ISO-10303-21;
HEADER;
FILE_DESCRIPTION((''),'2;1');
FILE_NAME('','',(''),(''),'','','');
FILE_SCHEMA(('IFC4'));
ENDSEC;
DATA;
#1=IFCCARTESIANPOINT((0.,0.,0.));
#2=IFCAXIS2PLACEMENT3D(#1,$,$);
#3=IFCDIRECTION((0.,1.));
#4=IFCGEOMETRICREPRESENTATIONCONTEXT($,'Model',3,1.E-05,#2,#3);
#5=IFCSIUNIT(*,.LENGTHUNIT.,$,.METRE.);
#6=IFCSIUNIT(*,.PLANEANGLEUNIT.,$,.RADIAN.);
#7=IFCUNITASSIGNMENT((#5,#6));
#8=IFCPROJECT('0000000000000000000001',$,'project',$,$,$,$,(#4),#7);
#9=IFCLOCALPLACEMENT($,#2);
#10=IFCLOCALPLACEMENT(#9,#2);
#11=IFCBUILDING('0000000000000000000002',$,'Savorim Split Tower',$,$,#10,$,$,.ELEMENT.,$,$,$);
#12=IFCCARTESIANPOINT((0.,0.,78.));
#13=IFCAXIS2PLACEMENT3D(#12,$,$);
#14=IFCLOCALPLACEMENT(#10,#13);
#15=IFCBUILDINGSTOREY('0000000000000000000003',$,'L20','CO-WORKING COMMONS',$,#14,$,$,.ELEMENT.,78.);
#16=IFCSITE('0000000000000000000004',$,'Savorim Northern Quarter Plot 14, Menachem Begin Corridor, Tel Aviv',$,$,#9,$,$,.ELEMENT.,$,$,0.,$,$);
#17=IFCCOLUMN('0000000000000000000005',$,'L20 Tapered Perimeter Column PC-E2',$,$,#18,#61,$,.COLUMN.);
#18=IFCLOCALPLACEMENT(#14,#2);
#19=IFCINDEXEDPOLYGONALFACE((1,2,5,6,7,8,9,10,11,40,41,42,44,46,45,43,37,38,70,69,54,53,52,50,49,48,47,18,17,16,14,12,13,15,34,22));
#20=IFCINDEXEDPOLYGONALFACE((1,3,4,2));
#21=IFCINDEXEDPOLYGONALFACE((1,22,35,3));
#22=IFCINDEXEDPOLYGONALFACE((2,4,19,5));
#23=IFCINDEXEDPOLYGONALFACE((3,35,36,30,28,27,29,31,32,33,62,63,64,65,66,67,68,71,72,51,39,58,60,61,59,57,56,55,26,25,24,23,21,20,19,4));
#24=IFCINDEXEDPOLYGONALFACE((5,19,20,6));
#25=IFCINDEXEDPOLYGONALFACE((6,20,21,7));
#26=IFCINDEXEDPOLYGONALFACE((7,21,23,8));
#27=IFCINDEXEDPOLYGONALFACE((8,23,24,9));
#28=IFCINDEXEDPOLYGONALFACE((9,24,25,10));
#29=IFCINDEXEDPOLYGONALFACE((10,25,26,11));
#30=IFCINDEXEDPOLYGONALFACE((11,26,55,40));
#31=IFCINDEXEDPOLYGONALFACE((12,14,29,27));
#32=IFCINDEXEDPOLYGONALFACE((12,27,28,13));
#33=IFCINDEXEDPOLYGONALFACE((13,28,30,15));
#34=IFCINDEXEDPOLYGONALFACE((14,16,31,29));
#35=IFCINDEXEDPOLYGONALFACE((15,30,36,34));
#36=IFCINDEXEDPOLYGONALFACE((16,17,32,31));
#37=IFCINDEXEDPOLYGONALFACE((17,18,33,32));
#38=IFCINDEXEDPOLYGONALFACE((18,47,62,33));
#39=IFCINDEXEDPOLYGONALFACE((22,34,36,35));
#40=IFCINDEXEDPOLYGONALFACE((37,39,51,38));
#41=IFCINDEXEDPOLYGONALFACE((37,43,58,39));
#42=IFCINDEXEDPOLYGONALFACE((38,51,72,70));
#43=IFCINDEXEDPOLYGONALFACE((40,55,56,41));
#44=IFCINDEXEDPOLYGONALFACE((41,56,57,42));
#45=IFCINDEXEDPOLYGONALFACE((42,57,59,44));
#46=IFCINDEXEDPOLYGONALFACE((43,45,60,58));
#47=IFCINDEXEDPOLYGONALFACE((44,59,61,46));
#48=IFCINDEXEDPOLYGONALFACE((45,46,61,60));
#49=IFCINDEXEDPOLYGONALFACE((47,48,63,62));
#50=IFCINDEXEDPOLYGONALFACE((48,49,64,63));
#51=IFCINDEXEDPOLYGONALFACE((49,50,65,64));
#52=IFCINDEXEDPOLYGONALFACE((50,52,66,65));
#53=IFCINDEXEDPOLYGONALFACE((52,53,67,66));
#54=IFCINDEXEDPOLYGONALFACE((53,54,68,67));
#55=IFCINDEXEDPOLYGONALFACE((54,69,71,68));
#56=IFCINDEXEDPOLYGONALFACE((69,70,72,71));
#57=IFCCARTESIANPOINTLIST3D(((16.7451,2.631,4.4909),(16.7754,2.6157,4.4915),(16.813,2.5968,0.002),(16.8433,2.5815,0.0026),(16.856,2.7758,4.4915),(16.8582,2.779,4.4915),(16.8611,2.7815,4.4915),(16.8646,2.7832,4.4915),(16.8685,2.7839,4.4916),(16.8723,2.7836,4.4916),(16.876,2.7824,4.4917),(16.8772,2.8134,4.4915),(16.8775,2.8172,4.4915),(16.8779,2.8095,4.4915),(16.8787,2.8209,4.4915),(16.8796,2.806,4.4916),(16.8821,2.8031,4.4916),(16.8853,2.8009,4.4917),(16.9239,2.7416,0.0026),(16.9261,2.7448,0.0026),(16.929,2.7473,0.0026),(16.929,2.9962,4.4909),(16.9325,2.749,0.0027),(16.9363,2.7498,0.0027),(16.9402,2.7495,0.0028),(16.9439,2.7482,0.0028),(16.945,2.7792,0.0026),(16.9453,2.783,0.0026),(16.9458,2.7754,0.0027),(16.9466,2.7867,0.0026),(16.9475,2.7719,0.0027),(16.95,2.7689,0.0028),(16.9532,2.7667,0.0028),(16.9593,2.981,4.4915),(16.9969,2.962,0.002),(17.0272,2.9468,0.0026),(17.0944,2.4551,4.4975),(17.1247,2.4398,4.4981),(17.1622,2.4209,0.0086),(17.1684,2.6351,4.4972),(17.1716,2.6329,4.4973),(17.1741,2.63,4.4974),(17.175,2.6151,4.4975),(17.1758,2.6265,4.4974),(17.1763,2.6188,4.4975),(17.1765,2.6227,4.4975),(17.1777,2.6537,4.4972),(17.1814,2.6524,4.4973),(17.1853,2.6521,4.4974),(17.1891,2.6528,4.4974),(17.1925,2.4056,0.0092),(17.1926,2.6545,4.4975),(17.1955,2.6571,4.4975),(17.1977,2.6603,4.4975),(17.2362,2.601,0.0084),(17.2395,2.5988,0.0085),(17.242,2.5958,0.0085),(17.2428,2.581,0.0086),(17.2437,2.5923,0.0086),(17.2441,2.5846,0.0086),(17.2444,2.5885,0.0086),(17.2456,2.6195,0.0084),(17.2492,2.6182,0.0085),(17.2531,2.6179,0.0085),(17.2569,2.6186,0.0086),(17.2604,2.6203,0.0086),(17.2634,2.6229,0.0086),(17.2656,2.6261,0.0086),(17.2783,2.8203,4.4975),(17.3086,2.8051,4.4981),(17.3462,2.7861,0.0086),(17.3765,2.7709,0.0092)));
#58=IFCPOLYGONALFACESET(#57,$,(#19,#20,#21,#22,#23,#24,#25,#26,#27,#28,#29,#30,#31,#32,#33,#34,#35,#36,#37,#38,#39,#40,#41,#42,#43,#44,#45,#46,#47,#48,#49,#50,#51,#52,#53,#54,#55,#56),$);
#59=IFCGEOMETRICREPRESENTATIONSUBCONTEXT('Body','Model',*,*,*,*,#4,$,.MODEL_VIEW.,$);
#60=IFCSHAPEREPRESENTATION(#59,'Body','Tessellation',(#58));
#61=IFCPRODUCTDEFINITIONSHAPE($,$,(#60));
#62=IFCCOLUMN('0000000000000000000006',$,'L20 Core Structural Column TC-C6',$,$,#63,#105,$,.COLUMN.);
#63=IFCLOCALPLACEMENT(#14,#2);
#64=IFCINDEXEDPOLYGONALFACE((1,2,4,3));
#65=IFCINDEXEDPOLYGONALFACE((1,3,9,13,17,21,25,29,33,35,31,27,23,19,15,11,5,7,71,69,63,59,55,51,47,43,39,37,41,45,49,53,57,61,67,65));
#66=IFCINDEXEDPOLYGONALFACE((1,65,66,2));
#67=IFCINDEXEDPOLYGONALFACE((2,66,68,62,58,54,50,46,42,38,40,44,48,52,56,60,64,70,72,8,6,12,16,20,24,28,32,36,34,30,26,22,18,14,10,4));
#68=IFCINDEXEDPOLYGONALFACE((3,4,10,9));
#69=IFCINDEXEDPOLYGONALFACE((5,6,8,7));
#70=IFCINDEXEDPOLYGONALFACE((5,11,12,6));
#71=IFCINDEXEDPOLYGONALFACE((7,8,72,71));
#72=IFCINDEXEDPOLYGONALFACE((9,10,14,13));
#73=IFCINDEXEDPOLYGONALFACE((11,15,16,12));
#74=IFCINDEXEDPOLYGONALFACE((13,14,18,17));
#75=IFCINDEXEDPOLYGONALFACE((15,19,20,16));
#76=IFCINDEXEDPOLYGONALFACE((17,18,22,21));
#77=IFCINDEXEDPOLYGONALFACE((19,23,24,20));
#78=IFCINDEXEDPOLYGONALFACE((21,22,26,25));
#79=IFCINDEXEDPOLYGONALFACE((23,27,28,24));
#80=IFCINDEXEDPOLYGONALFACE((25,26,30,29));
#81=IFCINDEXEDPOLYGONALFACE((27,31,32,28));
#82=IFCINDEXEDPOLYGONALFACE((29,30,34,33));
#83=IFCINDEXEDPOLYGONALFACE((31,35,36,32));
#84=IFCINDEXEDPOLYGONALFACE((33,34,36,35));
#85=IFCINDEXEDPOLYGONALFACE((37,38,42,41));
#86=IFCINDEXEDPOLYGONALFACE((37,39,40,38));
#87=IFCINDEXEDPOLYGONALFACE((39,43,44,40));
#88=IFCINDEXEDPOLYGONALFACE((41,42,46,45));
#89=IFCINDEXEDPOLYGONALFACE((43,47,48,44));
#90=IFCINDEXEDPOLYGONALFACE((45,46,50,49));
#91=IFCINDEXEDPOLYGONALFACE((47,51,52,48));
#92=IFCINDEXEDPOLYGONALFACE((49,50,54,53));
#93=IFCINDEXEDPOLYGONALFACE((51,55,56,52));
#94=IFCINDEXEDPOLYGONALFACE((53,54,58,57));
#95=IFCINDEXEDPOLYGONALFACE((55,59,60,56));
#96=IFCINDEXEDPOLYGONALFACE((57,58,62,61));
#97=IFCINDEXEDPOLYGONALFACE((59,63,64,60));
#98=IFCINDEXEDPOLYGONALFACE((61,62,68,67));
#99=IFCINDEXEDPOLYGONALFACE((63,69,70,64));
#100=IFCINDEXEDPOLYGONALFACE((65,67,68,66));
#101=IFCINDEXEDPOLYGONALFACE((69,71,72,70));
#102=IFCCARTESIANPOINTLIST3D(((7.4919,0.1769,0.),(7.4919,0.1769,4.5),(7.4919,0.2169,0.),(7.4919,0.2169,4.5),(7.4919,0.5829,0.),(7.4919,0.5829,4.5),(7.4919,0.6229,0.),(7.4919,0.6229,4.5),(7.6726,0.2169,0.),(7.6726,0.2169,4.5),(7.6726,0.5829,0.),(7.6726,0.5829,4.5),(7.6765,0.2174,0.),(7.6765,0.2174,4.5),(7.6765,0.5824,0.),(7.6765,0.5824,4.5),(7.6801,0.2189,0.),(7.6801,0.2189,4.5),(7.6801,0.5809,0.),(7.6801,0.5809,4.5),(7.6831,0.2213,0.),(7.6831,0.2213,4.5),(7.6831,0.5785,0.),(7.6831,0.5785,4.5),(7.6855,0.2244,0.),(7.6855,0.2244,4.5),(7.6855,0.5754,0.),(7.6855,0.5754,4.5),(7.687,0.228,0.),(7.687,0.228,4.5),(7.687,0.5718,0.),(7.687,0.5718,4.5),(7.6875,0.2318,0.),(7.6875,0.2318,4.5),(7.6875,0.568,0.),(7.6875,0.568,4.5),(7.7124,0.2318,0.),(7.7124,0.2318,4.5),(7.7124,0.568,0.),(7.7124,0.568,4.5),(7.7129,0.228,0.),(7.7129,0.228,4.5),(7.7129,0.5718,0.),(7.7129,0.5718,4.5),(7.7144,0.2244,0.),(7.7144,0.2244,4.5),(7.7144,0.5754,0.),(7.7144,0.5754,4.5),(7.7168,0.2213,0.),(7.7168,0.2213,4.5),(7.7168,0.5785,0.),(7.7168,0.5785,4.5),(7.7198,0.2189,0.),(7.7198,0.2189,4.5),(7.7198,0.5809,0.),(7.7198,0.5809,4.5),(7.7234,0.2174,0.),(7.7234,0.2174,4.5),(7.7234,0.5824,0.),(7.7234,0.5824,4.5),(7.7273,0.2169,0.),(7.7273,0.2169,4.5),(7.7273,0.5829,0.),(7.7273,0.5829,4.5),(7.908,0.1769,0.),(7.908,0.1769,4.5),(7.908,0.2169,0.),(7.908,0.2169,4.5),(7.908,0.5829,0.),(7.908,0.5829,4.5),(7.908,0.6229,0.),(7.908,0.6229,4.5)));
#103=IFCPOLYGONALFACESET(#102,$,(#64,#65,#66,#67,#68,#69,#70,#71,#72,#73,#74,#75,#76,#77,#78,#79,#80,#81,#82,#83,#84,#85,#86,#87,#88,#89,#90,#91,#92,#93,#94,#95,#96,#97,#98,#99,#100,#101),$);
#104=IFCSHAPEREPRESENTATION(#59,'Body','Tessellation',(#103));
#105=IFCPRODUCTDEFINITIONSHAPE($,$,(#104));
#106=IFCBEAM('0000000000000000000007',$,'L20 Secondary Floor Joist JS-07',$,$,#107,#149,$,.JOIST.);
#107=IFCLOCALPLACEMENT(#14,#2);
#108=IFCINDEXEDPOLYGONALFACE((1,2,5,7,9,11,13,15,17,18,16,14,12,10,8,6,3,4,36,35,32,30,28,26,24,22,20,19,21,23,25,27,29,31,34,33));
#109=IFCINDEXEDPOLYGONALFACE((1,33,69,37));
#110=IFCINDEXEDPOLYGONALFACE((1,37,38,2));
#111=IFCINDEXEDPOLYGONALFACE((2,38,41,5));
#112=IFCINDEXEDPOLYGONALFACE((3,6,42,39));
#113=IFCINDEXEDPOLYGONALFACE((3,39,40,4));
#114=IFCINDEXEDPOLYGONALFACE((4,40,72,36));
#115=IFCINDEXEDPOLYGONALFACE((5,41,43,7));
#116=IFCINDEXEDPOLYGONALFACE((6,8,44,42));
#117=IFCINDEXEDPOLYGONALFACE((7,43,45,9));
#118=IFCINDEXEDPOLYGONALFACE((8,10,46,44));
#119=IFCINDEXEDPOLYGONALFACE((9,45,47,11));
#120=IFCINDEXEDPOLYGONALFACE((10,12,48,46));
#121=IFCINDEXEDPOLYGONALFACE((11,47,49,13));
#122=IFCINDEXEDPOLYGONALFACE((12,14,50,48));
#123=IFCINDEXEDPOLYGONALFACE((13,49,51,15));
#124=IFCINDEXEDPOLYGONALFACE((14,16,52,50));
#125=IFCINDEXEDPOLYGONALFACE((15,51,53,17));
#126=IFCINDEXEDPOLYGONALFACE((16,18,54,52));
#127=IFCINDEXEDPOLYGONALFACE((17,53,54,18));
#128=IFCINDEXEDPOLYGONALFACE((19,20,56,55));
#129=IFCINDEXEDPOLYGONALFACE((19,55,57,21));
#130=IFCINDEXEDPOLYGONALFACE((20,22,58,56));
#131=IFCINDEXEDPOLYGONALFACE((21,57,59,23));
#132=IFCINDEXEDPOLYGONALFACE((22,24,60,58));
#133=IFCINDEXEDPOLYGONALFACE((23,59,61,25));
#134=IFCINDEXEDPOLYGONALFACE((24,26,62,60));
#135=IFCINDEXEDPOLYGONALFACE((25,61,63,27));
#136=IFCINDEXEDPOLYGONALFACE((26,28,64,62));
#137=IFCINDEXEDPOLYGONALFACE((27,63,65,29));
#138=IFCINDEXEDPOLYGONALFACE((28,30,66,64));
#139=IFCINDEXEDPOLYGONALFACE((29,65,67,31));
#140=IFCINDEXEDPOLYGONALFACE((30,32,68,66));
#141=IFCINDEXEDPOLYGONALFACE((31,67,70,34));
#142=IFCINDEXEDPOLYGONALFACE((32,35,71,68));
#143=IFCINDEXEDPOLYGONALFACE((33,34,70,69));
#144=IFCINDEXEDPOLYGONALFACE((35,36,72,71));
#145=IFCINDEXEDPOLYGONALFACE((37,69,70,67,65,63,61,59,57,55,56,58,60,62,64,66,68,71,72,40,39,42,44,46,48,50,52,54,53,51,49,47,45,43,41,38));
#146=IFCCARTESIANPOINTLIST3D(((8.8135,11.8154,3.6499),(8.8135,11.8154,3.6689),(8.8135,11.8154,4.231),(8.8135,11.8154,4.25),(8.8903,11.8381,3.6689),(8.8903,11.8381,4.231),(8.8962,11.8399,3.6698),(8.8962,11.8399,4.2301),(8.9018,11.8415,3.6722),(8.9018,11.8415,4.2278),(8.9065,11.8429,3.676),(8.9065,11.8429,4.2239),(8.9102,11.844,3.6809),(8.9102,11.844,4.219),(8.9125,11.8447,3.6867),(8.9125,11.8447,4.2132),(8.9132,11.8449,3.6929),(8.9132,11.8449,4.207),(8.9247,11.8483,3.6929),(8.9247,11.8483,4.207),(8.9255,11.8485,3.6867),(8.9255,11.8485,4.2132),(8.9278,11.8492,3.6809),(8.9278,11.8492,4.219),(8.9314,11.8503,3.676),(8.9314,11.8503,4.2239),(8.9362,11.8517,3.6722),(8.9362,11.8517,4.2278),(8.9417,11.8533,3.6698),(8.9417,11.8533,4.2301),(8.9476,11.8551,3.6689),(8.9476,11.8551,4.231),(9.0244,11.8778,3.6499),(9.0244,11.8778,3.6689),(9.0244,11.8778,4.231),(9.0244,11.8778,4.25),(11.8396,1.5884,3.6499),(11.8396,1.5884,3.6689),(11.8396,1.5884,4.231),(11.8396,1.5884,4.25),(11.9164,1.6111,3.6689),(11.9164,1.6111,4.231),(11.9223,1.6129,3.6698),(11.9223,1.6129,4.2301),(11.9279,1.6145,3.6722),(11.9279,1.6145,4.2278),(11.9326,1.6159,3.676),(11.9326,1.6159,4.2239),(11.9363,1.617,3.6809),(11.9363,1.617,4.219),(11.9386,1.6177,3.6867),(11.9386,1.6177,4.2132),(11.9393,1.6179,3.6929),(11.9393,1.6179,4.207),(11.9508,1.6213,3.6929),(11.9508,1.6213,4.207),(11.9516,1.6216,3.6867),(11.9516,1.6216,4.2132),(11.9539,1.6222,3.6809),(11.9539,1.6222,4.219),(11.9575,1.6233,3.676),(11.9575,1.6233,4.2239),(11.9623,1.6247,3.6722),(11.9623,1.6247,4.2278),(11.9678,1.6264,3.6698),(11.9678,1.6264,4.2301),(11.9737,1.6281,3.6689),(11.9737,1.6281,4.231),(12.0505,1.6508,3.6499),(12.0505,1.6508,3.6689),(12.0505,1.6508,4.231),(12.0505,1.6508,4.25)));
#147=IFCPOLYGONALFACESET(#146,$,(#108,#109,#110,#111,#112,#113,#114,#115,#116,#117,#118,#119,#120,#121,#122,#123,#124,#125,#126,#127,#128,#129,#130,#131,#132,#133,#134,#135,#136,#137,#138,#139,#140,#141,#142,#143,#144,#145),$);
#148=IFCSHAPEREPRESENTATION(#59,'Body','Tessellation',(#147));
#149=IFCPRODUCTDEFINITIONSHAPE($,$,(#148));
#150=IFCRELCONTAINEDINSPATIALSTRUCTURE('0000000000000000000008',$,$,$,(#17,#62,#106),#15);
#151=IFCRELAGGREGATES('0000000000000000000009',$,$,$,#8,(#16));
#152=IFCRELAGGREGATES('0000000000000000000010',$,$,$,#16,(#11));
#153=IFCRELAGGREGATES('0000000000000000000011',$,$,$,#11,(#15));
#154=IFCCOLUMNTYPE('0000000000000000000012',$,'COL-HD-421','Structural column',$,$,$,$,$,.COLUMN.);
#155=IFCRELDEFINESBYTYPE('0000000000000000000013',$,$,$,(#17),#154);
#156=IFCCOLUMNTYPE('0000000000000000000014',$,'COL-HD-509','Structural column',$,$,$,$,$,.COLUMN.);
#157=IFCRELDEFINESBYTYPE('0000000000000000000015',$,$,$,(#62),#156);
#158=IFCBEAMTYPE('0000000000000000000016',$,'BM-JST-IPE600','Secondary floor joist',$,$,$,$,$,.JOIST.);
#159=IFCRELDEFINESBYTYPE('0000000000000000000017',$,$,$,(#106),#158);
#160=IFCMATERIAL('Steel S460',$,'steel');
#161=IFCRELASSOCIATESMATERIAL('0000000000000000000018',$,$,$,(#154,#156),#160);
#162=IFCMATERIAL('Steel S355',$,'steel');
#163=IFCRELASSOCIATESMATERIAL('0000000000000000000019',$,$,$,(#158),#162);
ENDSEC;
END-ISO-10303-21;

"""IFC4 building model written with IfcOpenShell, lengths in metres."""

from ifc_helpers import new_model, si_unit, direction, frame, origin, origin_2d, place, context, subcontext, project, spatial, i_section, extrude, material, material_profile, profile_set, type_object, element, save


model = new_model("IFC4")

# Units and contexts
model_context = context("Model", 3, precision=1e-05, world=origin(), true_north=direction((0.0, 1.0)))
body_context = subcontext(model_context, "Body", "Model", "MODEL_VIEW")
ifc_project = project(units=[si_unit("LENGTHUNIT", "METRE"), si_unit("PLANEANGLEUNIT", "RADIAN")], contexts=[model_context])

# Site, building, storey
site_placement = place(None, origin())
site = spatial("IfcSite", under=ifc_project, at=site_placement, Name="Savorim Northern Quarter Plot 14, Menachem Begin Corridor, Tel Aviv", CompositionType="ELEMENT", RefElevation=0.0)
building_placement = place(site_placement, origin())
building = spatial("IfcBuilding", under=site, at=building_placement, Name="Savorim Split Tower", CompositionType="ELEMENT")
storey_placement = place(building_placement, frame((0.0, 0.0, 78.0)))
storey = spatial("IfcBuildingStorey", under=building, at=storey_placement, Name="L20", Description="CO-WORKING COMMONS", CompositionType="ELEMENT", Elevation=78.0)

# Columns
ifc_material_1 = material(Name="Steel S460", Category="steel")
ifc_material_profile_1 = material_profile(ifc_material_1, i_section(OverallWidth=0.4089, OverallDepth=0.425, WebThickness=0.0208, FlangeThickness=0.0339, FilletRadius=0.0149, at=origin_2d()), Name="HD 400x421")
ifc_profile_set_1 = profile_set([ifc_material_profile_1], Name="Steel S460")
column_type_1 = type_object("IfcColumnType", Name="COL-HD-421", Description="Structural column", PredefinedType="COLUMN", material=ifc_profile_set_1)
column_1_placement = place(storey_placement, frame((17.0947, 2.6838, 0.0056), z_axis=(-0.015118, 0.007613, 0.999857), x_axis=(-0.449782, -0.893138, 0.0)))
element("IfcColumn", 1, at=column_1_placement, inside=storey, type_object=column_type_1, Name="L20 Tapered Perimeter Column PC-E2", PredefinedType="COLUMN", context=body_context, shape_type="SweptSolid", body=[
    extrude(i_section(OverallWidth=0.4089, OverallDepth=0.425, WebThickness=0.0208, FlangeThickness=0.0339, FilletRadius=0.0149, at=origin_2d()), origin(), (0.0, 0.0, 1.0), 4.4895),
])
ifc_material_profile_2 = material_profile(ifc_material_1, i_section(OverallWidth=0.416, OverallDepth=0.446, WebThickness=0.0249, FlangeThickness=0.04, FilletRadius=0.0149, at=origin_2d()), Name="HD 400x509")
ifc_profile_set_2 = profile_set([ifc_material_profile_2], Name="Steel S460")
column_type_2 = type_object("IfcColumnType", Name="COL-HD-509", Description="Structural column", PredefinedType="COLUMN", material=ifc_profile_set_2)
column_2_placement = place(storey_placement, frame((7.7, 0.3999, 0.0), z_axis=(0.0, 0.0, 1.0), x_axis=(1.0, 0.0, 0.0)))
element("IfcColumn", 2, at=column_2_placement, inside=storey, type_object=column_type_2, Name="L20 Core Structural Column TC-C6", PredefinedType="COLUMN", context=body_context, shape_type="SweptSolid", body=[
    extrude(i_section(OverallWidth=0.416, OverallDepth=0.446, WebThickness=0.0249, FlangeThickness=0.04, FilletRadius=0.0149, at=origin_2d()), origin(), (0.0, 0.0, 1.0), 4.5),
])

# Beam
ifc_material_2 = material(Name="Steel S355", Category="steel")
ifc_material_profile_3 = material_profile(ifc_material_2, i_section(OverallWidth=0.22, OverallDepth=0.6001, WebThickness=0.012, FlangeThickness=0.019, FilletRadius=0.0239, at=origin_2d()), Name="IPE 600")
ifc_profile_set_3 = profile_set([ifc_material_profile_3], Name="Steel S355")
beam_type_1 = type_object("IfcBeamType", Name="BM-JST-IPE600", Description="Secondary floor joist", PredefinedType="JOIST", material=ifc_profile_set_3)
beam_1_placement = place(storey_placement, frame((11.9451, 1.6196, 3.95), z_axis=(-0.283734, 0.958903, 0.0), x_axis=(-0.958903, -0.283734, 0.0)))
element("IfcBeam", 3, at=beam_1_placement, inside=storey, type_object=beam_type_1, Name="L20 Secondary Floor Joist JS-07", PredefinedType="JOIST", context=body_context, shape_type="SweptSolid", body=[
    extrude(i_section(OverallWidth=0.22, OverallDepth=0.6001, WebThickness=0.012, FlangeThickness=0.019, FilletRadius=0.0239, at=origin_2d()), origin(), (0.0, 0.0, 1.0), 10.6653),
])

save(model, "model.ifc")
